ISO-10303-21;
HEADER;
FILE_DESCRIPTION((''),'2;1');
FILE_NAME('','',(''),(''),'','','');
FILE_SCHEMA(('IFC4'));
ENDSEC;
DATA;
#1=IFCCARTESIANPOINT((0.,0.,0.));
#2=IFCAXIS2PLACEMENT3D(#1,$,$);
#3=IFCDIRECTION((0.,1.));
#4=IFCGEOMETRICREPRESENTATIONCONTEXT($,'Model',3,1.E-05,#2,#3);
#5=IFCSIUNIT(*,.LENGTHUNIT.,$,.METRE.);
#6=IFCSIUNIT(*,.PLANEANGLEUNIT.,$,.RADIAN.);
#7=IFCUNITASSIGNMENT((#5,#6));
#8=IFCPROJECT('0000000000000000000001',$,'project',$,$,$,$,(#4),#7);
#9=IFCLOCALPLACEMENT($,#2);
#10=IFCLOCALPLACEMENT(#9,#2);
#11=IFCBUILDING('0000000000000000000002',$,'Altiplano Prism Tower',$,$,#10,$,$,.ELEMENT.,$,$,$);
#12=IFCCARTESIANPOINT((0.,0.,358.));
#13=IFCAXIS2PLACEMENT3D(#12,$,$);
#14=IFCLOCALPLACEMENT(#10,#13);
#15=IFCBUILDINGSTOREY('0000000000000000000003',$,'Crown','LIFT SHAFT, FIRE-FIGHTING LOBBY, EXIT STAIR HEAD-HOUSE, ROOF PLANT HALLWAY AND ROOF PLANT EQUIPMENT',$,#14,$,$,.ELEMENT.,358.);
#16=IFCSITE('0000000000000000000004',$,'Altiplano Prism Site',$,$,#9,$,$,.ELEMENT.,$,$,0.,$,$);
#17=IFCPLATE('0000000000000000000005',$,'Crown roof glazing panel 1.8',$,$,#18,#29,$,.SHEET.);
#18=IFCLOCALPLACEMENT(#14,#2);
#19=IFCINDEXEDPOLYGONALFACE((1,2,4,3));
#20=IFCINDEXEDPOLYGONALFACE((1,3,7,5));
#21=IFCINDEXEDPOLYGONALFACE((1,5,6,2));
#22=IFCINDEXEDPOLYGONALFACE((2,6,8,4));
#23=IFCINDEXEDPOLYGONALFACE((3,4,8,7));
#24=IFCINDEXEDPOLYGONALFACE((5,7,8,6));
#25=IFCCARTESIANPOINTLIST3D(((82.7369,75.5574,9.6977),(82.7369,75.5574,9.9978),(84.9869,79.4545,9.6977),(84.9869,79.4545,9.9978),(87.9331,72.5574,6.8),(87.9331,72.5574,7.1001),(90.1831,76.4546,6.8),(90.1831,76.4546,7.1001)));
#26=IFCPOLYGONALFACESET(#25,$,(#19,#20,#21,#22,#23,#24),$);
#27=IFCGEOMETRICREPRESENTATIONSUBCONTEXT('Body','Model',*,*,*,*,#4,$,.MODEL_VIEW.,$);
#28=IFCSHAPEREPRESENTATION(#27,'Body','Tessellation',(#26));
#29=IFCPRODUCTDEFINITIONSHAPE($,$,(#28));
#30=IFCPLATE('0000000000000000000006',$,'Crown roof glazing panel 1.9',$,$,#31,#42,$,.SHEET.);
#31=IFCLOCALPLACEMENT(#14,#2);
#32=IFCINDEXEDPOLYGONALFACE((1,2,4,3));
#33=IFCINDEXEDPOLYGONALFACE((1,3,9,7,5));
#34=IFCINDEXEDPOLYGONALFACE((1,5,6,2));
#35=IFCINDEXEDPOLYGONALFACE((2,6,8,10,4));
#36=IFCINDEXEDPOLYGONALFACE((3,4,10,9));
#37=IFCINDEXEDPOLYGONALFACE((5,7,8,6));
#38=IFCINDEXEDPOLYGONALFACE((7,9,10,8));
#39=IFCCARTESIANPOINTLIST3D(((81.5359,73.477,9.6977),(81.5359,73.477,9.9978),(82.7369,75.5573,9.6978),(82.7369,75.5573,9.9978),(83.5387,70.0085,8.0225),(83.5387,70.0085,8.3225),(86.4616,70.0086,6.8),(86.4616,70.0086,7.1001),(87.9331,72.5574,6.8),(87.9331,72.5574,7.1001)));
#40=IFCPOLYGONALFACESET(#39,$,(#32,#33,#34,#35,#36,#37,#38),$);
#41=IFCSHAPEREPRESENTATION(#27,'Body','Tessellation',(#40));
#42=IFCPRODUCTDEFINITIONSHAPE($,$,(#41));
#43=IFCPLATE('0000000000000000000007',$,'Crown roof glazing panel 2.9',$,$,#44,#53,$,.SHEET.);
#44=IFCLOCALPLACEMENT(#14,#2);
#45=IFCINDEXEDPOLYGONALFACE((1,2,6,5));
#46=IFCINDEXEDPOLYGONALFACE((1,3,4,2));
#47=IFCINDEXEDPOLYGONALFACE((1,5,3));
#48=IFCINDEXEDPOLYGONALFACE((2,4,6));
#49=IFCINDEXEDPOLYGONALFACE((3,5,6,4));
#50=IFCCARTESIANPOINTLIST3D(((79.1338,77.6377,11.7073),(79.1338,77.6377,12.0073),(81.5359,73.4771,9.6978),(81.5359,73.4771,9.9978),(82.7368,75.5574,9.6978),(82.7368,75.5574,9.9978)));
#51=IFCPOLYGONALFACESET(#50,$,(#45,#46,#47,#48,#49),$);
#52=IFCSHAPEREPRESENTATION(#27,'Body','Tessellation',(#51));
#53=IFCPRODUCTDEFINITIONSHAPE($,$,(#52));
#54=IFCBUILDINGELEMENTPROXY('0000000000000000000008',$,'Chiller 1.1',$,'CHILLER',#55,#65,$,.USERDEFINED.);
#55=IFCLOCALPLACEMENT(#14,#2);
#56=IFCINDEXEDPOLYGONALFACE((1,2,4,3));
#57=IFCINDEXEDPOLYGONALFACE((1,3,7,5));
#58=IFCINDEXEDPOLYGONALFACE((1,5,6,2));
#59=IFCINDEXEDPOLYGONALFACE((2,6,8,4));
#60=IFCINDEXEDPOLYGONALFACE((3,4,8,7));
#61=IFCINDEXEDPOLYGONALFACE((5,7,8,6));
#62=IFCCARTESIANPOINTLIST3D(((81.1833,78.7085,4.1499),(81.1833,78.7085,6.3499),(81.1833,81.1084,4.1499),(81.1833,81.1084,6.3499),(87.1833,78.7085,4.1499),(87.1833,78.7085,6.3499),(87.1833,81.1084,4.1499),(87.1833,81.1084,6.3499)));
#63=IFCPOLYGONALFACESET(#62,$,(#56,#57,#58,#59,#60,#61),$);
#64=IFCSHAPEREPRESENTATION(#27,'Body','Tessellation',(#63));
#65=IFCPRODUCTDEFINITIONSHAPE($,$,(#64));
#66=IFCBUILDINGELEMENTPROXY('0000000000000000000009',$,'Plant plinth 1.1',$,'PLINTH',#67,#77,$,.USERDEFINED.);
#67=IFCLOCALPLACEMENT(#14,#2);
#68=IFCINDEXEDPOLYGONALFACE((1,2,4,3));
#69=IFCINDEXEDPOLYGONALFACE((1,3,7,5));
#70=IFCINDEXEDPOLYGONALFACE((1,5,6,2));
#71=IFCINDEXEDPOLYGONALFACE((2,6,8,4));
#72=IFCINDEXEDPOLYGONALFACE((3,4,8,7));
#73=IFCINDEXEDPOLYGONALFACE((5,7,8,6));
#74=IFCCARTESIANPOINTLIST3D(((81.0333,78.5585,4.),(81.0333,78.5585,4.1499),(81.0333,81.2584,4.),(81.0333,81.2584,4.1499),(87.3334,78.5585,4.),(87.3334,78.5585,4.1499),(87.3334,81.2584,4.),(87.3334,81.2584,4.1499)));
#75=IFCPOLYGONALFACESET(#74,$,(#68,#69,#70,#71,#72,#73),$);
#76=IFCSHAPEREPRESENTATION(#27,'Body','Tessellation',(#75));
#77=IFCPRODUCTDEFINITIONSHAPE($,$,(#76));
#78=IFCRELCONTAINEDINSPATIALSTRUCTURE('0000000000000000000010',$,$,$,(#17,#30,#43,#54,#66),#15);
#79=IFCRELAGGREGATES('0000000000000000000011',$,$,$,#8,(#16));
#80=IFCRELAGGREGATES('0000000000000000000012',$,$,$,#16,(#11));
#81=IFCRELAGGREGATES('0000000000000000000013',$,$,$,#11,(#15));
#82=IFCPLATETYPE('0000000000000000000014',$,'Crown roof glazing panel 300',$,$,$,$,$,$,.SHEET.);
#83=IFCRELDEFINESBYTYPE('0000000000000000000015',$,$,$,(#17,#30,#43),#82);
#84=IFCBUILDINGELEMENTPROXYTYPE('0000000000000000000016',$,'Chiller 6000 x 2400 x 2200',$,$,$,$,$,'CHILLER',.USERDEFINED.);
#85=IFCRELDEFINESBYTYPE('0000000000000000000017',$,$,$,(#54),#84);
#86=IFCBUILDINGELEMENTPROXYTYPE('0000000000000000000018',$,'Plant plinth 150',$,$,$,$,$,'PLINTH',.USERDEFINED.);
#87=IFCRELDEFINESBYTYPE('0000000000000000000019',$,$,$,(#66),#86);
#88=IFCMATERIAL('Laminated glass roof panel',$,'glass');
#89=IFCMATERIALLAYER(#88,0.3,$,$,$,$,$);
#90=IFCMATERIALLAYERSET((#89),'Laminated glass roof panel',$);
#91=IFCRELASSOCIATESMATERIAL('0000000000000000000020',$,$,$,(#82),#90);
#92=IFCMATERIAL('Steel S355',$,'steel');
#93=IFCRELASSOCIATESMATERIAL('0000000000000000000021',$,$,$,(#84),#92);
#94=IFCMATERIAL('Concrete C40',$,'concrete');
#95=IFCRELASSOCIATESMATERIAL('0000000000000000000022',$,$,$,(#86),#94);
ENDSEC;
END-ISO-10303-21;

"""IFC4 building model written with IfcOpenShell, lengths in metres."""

from ifc_helpers import new_model, si_unit, direction, frame, origin, origin_2d, place, context, subcontext, project, spatial, polyline, rectangle, outline, extrude, material, layer, layer_set, type_object, element, save


model = new_model("IFC4")

# Units and contexts
model_context = context("Model", 3, precision=1e-05, world=origin(), true_north=direction((0.0, 1.0)))
body_context = subcontext(model_context, "Body", "Model", "MODEL_VIEW")
ifc_project = project(units=[si_unit("LENGTHUNIT", "METRE"), si_unit("PLANEANGLEUNIT", "RADIAN")], contexts=[model_context])

# Site, building, storey
site_placement = place(None, origin())
site = spatial("IfcSite", under=ifc_project, at=site_placement, Name="Altiplano Prism Site", CompositionType="ELEMENT", RefElevation=0.0)
building_placement = place(site_placement, origin())
building = spatial("IfcBuilding", under=site, at=building_placement, Name="Altiplano Prism Tower", CompositionType="ELEMENT")
storey_placement = place(building_placement, frame((0.0, 0.0, 358.0)))
storey = spatial("IfcBuildingStorey", under=building, at=storey_placement, Name="Crown", Description="LIFT SHAFT, FIRE-FIGHTING LOBBY, EXIT STAIR HEAD-HOUSE, ROOF PLANT HALLWAY AND ROOF PLANT EQUIPMENT", CompositionType="ELEMENT", Elevation=358.0)

# Shared definitions
ifc_material_1 = material(Name="Steel S355", Category="steel")

# Plates
ifc_material_2 = material(Name="Laminated glass roof panel", Category="glass")
ifc_layer_1 = layer(ifc_material_2, 0.3)
ifc_layer_set_1 = layer_set([ifc_layer_1], Name="Laminated glass roof panel")
plate_type_1 = type_object("IfcPlateType", Name="Crown roof glazing panel 300", PredefinedType="SHEET", material=ifc_layer_set_1)
plate_1_placement = place(storey_placement, frame((90.1831, 76.4546, 7.1001), z_axis=(0.376622, -0.217437, 0.900487), x_axis=(-0.77985, 0.450235, 0.434882)))
element("IfcPlate", 1, at=plate_1_placement, inside=storey, type_object=plate_type_1, Name="Crown roof glazing panel 1.8", PredefinedType="SHEET", context=body_context, shape_type="SweptSolid", body=[
    extrude(outline(polyline([(0.0, 0.0), (6.6631, 0.0), (6.6631, 4.5), (0.0, 4.5), (0.0, 0.0)])), origin(), (-0.434882, 0.0, -0.900487), 0.3),
])
plate_2_placement = place(storey_placement, frame((87.9331, 72.5574, 7.1001), z_axis=(0.376621, -0.217453, 0.900484), x_axis=(-0.779847, 0.450233, 0.43489)))
element("IfcPlate", 2, at=plate_2_placement, inside=storey, type_object=plate_type_1, Name="Crown roof glazing panel 1.9", PredefinedType="SHEET", context=body_context, shape_type="SweptSolid", body=[
    extrude(outline(polyline([(0.0, 0.0), (6.6631, 0.0), (6.6631, 2.4021), (2.811, 4.4045), (0.0, 2.9431), (0.0, 0.0)])), origin(), (-0.43489, 0.000013, -0.900484), 0.3),
])
plate_3_placement = place(storey_placement, frame((81.5359, 73.4771, 9.9978), z_axis=(0.37667, -0.217444, 0.900465), x_axis=(0.499954, 0.866052, 0.0)))
element("IfcPlate", 3, at=plate_3_placement, inside=storey, type_object=plate_type_1, Name="Crown roof glazing panel 2.9", PredefinedType="SHEET", context=body_context, shape_type="SweptSolid", body=[
    extrude(outline(polyline([(0.0, 0.0), (2.4021, 0.0), (2.4023, 4.6204), (0.0, 0.0)])), origin(), (0.0, -0.434928, -0.900465), 0.3),
])

# Building element proxies
building_element_proxy_type_1 = type_object("IfcBuildingElementProxyType", Name="Chiller 6000 x 2400 x 2200", ElementType="CHILLER", PredefinedType="USERDEFINED", material=ifc_material_1)
proxy_1_placement = place(storey_placement, frame((84.1833, 79.9084, 4.1499), z_axis=(0.0, 0.0, 1.0), x_axis=(1.0, 0.0, 0.0)))
element("IfcBuildingElementProxy", 4, at=proxy_1_placement, inside=storey, type_object=building_element_proxy_type_1, Name="Chiller 1.1", ObjectType="CHILLER", PredefinedType="USERDEFINED", context=body_context, shape_type="SweptSolid", body=[
    extrude(rectangle(XDim=6.0, YDim=2.3999, at=origin_2d()), origin(), (0.0, 0.0, 1.0), 2.2),
])
ifc_material_3 = material(Name="Concrete C40", Category="concrete")
building_element_proxy_type_2 = type_object("IfcBuildingElementProxyType", Name="Plant plinth 150", ElementType="PLINTH", PredefinedType="USERDEFINED", material=ifc_material_3)
proxy_2_placement = place(storey_placement, frame((84.1833, 79.9084, 4.0), z_axis=(0.0, 0.0, 1.0), x_axis=(1.0, 0.0, 0.0)))
element("IfcBuildingElementProxy", 5, at=proxy_2_placement, inside=storey, type_object=building_element_proxy_type_2, Name="Plant plinth 1.1", ObjectType="PLINTH", PredefinedType="USERDEFINED", context=body_context, shape_type="SweptSolid", body=[
    extrude(rectangle(XDim=6.3, YDim=2.7, at=origin_2d()), origin(), (0.0, 0.0, 1.0), 0.1499),
])

save(model, "model.ifc")
